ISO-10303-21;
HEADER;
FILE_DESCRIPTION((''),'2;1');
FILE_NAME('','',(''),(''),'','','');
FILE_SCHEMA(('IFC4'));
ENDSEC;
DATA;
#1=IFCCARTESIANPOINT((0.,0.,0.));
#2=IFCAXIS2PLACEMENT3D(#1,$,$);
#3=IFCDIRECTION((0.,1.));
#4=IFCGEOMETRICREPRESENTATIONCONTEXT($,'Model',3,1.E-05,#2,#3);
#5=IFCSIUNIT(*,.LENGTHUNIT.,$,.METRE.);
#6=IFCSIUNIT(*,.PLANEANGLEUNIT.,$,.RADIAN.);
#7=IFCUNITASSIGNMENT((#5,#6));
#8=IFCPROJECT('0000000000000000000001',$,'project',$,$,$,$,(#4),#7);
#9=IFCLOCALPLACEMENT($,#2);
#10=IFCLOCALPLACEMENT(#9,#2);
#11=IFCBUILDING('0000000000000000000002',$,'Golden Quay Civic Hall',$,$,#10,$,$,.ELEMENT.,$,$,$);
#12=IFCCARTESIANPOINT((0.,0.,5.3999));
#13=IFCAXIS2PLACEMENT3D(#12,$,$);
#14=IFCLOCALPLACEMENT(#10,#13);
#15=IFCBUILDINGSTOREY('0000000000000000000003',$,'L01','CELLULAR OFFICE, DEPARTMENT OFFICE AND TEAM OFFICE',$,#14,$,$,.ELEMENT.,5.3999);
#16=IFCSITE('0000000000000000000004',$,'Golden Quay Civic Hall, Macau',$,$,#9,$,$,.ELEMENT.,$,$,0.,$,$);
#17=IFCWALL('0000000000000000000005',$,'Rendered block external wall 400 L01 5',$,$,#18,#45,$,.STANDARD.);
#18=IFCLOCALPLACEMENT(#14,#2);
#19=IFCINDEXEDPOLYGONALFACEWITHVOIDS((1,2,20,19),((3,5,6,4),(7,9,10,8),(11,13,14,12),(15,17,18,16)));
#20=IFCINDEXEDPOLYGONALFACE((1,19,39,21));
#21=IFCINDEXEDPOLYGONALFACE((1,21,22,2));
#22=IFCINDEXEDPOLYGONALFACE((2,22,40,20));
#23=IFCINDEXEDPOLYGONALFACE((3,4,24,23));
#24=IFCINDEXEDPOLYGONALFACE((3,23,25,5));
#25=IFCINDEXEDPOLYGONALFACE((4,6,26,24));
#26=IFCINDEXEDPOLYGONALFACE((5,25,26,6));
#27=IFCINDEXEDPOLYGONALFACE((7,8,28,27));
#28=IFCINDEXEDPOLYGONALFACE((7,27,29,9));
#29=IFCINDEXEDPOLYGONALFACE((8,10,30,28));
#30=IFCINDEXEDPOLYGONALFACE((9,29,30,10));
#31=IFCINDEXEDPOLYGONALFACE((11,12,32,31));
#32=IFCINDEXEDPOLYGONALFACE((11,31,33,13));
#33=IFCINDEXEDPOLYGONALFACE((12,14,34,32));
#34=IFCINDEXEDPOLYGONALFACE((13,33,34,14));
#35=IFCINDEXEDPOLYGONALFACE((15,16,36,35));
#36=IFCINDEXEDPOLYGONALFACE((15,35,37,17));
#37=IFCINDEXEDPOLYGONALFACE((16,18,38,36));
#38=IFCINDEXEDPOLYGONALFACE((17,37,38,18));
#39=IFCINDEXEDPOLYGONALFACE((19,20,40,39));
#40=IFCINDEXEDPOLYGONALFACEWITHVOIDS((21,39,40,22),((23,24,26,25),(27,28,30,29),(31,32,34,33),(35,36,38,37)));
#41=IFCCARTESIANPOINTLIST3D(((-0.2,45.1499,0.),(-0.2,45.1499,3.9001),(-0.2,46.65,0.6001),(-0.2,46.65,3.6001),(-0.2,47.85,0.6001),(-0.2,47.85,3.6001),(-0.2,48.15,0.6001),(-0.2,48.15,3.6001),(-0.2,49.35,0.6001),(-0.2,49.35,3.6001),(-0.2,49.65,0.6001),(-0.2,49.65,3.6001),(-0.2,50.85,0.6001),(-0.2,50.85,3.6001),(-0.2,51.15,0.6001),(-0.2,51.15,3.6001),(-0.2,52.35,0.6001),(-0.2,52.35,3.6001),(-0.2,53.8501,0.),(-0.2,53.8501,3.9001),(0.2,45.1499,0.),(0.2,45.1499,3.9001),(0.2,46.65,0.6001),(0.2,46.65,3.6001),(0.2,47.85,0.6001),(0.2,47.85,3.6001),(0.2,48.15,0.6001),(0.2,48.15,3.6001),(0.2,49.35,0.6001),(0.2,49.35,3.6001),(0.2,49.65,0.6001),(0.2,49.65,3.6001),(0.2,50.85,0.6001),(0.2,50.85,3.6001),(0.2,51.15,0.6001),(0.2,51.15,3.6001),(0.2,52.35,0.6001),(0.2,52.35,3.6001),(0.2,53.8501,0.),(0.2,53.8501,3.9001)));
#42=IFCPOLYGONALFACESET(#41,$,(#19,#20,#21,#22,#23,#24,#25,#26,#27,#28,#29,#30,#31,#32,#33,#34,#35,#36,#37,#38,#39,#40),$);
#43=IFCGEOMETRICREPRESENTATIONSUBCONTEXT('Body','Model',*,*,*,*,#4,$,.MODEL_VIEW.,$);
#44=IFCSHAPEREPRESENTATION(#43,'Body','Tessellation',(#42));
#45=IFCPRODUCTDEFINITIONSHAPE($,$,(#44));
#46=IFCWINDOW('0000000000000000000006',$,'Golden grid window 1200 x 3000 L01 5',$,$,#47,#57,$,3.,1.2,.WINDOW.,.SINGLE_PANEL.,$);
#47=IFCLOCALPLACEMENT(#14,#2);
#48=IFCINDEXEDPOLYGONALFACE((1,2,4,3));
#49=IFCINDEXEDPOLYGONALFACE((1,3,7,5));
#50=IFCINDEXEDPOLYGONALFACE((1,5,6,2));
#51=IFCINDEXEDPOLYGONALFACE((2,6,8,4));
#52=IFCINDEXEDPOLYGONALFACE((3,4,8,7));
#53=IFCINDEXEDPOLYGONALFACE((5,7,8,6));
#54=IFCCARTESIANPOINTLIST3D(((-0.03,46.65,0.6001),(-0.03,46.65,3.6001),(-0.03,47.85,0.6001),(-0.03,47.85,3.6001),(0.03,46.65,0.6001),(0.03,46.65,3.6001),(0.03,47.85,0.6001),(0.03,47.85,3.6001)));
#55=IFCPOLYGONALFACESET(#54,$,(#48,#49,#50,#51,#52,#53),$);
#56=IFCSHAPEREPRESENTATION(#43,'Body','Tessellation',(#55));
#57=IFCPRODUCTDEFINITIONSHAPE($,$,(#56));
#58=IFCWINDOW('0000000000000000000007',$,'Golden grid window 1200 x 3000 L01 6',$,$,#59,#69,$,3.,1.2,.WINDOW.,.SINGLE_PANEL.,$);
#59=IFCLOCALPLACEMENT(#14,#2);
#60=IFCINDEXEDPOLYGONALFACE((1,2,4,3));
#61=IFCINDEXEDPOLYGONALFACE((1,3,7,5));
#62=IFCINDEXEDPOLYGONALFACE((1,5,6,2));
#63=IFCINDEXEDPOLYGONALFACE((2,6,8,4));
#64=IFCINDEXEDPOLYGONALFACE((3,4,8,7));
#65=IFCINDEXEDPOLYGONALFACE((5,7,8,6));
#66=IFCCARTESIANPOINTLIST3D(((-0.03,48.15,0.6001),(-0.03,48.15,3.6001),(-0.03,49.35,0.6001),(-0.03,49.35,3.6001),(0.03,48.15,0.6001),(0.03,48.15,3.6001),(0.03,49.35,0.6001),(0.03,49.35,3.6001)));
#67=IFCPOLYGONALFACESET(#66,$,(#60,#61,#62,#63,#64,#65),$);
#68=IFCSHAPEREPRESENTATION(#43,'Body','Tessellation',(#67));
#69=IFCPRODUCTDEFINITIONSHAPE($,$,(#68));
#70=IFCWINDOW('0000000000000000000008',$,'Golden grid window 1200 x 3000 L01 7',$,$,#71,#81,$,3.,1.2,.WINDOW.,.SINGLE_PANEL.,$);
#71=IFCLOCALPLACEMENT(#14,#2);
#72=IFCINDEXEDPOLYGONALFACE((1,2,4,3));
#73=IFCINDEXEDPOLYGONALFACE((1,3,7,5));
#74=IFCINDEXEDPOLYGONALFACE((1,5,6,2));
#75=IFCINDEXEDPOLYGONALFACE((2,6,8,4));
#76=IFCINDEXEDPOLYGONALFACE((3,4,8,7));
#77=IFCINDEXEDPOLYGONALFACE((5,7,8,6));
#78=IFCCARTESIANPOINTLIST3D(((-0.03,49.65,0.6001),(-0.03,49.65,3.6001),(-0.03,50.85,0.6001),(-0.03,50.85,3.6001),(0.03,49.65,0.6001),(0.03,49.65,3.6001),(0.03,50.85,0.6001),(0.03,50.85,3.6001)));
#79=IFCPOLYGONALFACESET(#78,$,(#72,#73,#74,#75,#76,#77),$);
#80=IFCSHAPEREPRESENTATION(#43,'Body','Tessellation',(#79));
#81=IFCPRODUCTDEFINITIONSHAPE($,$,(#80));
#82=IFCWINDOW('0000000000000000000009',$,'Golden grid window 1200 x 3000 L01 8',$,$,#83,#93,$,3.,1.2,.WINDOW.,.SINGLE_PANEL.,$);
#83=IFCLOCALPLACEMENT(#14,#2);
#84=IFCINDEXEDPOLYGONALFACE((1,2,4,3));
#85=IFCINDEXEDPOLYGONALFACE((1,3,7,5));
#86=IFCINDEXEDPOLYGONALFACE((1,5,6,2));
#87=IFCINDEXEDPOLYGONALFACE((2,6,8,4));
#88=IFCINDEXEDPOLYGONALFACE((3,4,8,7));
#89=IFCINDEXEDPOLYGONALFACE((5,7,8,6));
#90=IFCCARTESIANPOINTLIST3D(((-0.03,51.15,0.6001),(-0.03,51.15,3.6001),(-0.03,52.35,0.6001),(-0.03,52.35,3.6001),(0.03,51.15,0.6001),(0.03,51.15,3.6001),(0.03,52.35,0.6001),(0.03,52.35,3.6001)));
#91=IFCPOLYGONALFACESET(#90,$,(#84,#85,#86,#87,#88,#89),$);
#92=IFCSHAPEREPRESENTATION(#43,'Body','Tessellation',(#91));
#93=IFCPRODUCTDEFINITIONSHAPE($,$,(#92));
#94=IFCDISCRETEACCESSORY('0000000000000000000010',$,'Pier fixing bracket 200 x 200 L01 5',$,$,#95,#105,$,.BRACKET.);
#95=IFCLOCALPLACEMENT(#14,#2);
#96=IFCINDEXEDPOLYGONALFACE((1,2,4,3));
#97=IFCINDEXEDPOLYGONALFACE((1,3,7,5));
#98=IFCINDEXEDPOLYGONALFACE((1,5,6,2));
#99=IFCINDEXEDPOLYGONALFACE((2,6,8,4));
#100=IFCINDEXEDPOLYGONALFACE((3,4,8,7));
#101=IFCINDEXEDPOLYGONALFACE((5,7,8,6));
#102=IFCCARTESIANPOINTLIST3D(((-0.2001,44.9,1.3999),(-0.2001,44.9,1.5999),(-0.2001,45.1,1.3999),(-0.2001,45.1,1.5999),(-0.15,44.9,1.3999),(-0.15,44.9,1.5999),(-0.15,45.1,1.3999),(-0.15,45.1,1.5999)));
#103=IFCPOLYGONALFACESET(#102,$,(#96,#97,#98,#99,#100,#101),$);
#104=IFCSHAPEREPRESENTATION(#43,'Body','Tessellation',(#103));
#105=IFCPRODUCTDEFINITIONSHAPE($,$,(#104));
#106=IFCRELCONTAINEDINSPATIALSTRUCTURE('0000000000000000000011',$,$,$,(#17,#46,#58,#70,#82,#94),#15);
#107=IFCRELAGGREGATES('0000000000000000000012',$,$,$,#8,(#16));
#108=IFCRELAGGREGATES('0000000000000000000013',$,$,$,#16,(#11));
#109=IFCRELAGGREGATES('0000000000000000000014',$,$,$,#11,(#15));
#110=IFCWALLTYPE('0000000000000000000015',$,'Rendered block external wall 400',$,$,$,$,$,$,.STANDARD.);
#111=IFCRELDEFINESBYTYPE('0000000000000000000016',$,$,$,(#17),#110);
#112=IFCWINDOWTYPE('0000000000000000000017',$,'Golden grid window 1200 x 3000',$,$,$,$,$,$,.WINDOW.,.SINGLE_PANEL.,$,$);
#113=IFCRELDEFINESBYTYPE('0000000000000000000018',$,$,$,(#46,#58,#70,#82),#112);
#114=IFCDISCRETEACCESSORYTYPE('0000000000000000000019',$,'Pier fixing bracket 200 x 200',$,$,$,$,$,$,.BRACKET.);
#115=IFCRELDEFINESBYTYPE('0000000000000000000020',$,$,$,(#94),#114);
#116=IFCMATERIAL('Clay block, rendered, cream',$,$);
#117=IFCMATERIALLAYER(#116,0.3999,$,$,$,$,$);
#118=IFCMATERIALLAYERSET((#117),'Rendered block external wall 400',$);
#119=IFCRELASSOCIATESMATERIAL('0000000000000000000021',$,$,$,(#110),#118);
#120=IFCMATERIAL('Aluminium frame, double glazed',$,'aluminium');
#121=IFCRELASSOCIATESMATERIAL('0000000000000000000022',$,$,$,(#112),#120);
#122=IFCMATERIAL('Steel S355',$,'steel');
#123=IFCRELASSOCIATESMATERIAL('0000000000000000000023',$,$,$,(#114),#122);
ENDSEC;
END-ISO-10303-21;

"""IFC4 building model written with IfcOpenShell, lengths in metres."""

from ifc_helpers import new_model, si_unit, direction, frame, frame_2d, origin, origin_2d, place, context, subcontext, project, spatial, rectangle, extrude, material, layer, layer_set, type_object, element, fill, save


model = new_model("IFC4")

# Units and contexts
model_context = context("Model", 3, precision=1e-05, world=origin(), true_north=direction((0.0, 1.0)))
body_context = subcontext(model_context, "Body", "Model", "MODEL_VIEW")
ifc_project = project(units=[si_unit("LENGTHUNIT", "METRE"), si_unit("PLANEANGLEUNIT", "RADIAN")], contexts=[model_context])

# Site, building, storey
site_placement = place(None, origin())
site = spatial("IfcSite", under=ifc_project, at=site_placement, Name="Golden Quay Civic Hall, Macau", CompositionType="ELEMENT", RefElevation=0.0)
building_placement = place(site_placement, origin())
building = spatial("IfcBuilding", under=site, at=building_placement, Name="Golden Quay Civic Hall", CompositionType="ELEMENT")
storey_placement = place(building_placement, frame((0.0, 0.0, 5.3999)))
storey = spatial("IfcBuildingStorey", under=building, at=storey_placement, Name="L01", Description="CELLULAR OFFICE, DEPARTMENT OFFICE AND TEAM OFFICE", CompositionType="ELEMENT", Elevation=5.3999)

# Wall, openings, windows
ifc_material_1 = material(Name="Clay block, rendered, cream")
ifc_layer_1 = layer(ifc_material_1, 0.3999)
ifc_layer_set_1 = layer_set([ifc_layer_1], Name="Rendered block external wall 400")
wall_type_1 = type_object("IfcWallType", Name="Rendered block external wall 400", PredefinedType="STANDARD", material=ifc_layer_set_1)
wall_1_placement = place(storey_placement, frame((0.0, 45.1499, 0.0), z_axis=(0.0, 0.0, 1.0), x_axis=(0.0, 1.0, 0.0)))
wall_1 = element("IfcWall", 1, at=wall_1_placement, inside=storey, type_object=wall_type_1, Name="Rendered block external wall 400 L01 5", PredefinedType="STANDARD", context=body_context, shape_type="SweptSolid", body=[
    extrude(rectangle(XDim=8.7002, YDim=0.3999, at=frame_2d((4.3501, 0.0))), origin(), (0.0, 0.0, 1.0), 3.9001),
])
opening_1_placement = place(wall_1_placement, frame((1.5, 0.0, 0.6001)))
opening_1 = element("IfcOpeningElement", 2, at=opening_1_placement, cuts=wall_1, PredefinedType="OPENING", context=body_context, shape_type="SweptSolid", body=[
    extrude(rectangle(XDim=1.2, YDim=3.0, at=frame_2d((0.6001, 1.5))), frame((0.0, 0.21, 0.0), z_axis=(0.0, -1.0, 0.0), x_axis=(1.0, 0.0, 0.0)), (0.0, 0.0, 1.0), 0.4199),
])
opening_2_placement = place(wall_1_placement, frame((3.0, 0.0, 0.6001)))
opening_2 = element("IfcOpeningElement", 3, at=opening_2_placement, cuts=wall_1, PredefinedType="OPENING", context=body_context, shape_type="SweptSolid", body=[
    extrude(rectangle(XDim=1.2, YDim=3.0, at=frame_2d((0.6001, 1.5))), frame((0.0, 0.21, 0.0), z_axis=(0.0, -1.0, 0.0), x_axis=(1.0, 0.0, 0.0)), (0.0, 0.0, 1.0), 0.4199),
])
opening_3_placement = place(wall_1_placement, frame((4.5, 0.0, 0.6001)))
opening_3 = element("IfcOpeningElement", 4, at=opening_3_placement, cuts=wall_1, PredefinedType="OPENING", context=body_context, shape_type="SweptSolid", body=[
    extrude(rectangle(XDim=1.2, YDim=3.0, at=frame_2d((0.6001, 1.5))), frame((0.0, 0.21, 0.0), z_axis=(0.0, -1.0, 0.0), x_axis=(1.0, 0.0, 0.0)), (0.0, 0.0, 1.0), 0.4199),
])
opening_4_placement = place(wall_1_placement, frame((6.0, 0.0, 0.6001)))
opening_4 = element("IfcOpeningElement", 5, at=opening_4_placement, cuts=wall_1, PredefinedType="OPENING", context=body_context, shape_type="SweptSolid", body=[
    extrude(rectangle(XDim=1.2, YDim=3.0, at=frame_2d((0.6001, 1.5))), frame((0.0, 0.21, 0.0), z_axis=(0.0, -1.0, 0.0), x_axis=(1.0, 0.0, 0.0)), (0.0, 0.0, 1.0), 0.4199),
])
ifc_material_2 = material(Name="Aluminium frame, double glazed", Category="aluminium")
window_type = type_object("IfcWindowType", Name="Golden grid window 1200 x 3000", PartitioningType="SINGLE_PANEL", PredefinedType="WINDOW", material=ifc_material_2)
window_1_placement = place(opening_1_placement, origin())
window_1 = element("IfcWindow", 6, at=window_1_placement, inside=storey, type_object=window_type, Name="Golden grid window 1200 x 3000 L01 5", OverallHeight=3.0, OverallWidth=1.2, PartitioningType="SINGLE_PANEL", PredefinedType="WINDOW", context=body_context, shape_type="SweptSolid", body=[
    extrude(rectangle(XDim=1.2, YDim=3.0, at=frame_2d((0.6001, 1.5))), frame((0.0, 0.03, 0.0), z_axis=(0.0, -1.0, 0.0), x_axis=(1.0, 0.0, 0.0)), (0.0, 0.0, 1.0), 0.0601),
])
fill(opening_1, window_1)
window_2_placement = place(opening_2_placement, origin())
window_2 = element("IfcWindow", 7, at=window_2_placement, inside=storey, type_object=window_type, Name="Golden grid window 1200 x 3000 L01 6", OverallHeight=3.0, OverallWidth=1.2, PartitioningType="SINGLE_PANEL", PredefinedType="WINDOW", context=body_context, shape_type="SweptSolid", body=[
    extrude(rectangle(XDim=1.2, YDim=3.0, at=frame_2d((0.6001, 1.5))), frame((0.0, 0.03, 0.0), z_axis=(0.0, -1.0, 0.0), x_axis=(1.0, 0.0, 0.0)), (0.0, 0.0, 1.0), 0.0601),
])
fill(opening_2, window_2)
window_3_placement = place(opening_3_placement, origin())
window_3 = element("IfcWindow", 8, at=window_3_placement, inside=storey, type_object=window_type, Name="Golden grid window 1200 x 3000 L01 7", OverallHeight=3.0, OverallWidth=1.2, PartitioningType="SINGLE_PANEL", PredefinedType="WINDOW", context=body_context, shape_type="SweptSolid", body=[
    extrude(rectangle(XDim=1.2, YDim=3.0, at=frame_2d((0.6001, 1.5))), frame((0.0, 0.03, 0.0), z_axis=(0.0, -1.0, 0.0), x_axis=(1.0, 0.0, 0.0)), (0.0, 0.0, 1.0), 0.0601),
])
fill(opening_3, window_3)
window_4_placement = place(opening_4_placement, origin())
window_4 = element("IfcWindow", 9, at=window_4_placement, inside=storey, type_object=window_type, Name="Golden grid window 1200 x 3000 L01 8", OverallHeight=3.0, OverallWidth=1.2, PartitioningType="SINGLE_PANEL", PredefinedType="WINDOW", context=body_context, shape_type="SweptSolid", body=[
    extrude(rectangle(XDim=1.2, YDim=3.0, at=frame_2d((0.6001, 1.5))), frame((0.0, 0.03, 0.0), z_axis=(0.0, -1.0, 0.0), x_axis=(1.0, 0.0, 0.0)), (0.0, 0.0, 1.0), 0.0601),
])
fill(opening_4, window_4)

# Discrete accessory
ifc_material_3 = material(Name="Steel S355", Category="steel")
discrete_accessory_type = type_object("IfcDiscreteAccessoryType", Name="Pier fixing bracket 200 x 200", PredefinedType="BRACKET", material=ifc_material_3)
discrete_accessory_placement = place(storey_placement, frame((-0.175, 45.0, 1.3999), z_axis=(0.0, 0.0, 1.0), x_axis=(0.0, -1.0, 0.0)))
element("IfcDiscreteAccessory", 10, at=discrete_accessory_placement, inside=storey, type_object=discrete_accessory_type, Name="Pier fixing bracket 200 x 200 L01 5", PredefinedType="BRACKET", context=body_context, shape_type="SweptSolid", body=[
    extrude(rectangle(XDim=0.2, YDim=0.05, at=origin_2d()), origin(), (0.0, 0.0, 1.0), 0.2),
])

save(model, "model.ifc")
